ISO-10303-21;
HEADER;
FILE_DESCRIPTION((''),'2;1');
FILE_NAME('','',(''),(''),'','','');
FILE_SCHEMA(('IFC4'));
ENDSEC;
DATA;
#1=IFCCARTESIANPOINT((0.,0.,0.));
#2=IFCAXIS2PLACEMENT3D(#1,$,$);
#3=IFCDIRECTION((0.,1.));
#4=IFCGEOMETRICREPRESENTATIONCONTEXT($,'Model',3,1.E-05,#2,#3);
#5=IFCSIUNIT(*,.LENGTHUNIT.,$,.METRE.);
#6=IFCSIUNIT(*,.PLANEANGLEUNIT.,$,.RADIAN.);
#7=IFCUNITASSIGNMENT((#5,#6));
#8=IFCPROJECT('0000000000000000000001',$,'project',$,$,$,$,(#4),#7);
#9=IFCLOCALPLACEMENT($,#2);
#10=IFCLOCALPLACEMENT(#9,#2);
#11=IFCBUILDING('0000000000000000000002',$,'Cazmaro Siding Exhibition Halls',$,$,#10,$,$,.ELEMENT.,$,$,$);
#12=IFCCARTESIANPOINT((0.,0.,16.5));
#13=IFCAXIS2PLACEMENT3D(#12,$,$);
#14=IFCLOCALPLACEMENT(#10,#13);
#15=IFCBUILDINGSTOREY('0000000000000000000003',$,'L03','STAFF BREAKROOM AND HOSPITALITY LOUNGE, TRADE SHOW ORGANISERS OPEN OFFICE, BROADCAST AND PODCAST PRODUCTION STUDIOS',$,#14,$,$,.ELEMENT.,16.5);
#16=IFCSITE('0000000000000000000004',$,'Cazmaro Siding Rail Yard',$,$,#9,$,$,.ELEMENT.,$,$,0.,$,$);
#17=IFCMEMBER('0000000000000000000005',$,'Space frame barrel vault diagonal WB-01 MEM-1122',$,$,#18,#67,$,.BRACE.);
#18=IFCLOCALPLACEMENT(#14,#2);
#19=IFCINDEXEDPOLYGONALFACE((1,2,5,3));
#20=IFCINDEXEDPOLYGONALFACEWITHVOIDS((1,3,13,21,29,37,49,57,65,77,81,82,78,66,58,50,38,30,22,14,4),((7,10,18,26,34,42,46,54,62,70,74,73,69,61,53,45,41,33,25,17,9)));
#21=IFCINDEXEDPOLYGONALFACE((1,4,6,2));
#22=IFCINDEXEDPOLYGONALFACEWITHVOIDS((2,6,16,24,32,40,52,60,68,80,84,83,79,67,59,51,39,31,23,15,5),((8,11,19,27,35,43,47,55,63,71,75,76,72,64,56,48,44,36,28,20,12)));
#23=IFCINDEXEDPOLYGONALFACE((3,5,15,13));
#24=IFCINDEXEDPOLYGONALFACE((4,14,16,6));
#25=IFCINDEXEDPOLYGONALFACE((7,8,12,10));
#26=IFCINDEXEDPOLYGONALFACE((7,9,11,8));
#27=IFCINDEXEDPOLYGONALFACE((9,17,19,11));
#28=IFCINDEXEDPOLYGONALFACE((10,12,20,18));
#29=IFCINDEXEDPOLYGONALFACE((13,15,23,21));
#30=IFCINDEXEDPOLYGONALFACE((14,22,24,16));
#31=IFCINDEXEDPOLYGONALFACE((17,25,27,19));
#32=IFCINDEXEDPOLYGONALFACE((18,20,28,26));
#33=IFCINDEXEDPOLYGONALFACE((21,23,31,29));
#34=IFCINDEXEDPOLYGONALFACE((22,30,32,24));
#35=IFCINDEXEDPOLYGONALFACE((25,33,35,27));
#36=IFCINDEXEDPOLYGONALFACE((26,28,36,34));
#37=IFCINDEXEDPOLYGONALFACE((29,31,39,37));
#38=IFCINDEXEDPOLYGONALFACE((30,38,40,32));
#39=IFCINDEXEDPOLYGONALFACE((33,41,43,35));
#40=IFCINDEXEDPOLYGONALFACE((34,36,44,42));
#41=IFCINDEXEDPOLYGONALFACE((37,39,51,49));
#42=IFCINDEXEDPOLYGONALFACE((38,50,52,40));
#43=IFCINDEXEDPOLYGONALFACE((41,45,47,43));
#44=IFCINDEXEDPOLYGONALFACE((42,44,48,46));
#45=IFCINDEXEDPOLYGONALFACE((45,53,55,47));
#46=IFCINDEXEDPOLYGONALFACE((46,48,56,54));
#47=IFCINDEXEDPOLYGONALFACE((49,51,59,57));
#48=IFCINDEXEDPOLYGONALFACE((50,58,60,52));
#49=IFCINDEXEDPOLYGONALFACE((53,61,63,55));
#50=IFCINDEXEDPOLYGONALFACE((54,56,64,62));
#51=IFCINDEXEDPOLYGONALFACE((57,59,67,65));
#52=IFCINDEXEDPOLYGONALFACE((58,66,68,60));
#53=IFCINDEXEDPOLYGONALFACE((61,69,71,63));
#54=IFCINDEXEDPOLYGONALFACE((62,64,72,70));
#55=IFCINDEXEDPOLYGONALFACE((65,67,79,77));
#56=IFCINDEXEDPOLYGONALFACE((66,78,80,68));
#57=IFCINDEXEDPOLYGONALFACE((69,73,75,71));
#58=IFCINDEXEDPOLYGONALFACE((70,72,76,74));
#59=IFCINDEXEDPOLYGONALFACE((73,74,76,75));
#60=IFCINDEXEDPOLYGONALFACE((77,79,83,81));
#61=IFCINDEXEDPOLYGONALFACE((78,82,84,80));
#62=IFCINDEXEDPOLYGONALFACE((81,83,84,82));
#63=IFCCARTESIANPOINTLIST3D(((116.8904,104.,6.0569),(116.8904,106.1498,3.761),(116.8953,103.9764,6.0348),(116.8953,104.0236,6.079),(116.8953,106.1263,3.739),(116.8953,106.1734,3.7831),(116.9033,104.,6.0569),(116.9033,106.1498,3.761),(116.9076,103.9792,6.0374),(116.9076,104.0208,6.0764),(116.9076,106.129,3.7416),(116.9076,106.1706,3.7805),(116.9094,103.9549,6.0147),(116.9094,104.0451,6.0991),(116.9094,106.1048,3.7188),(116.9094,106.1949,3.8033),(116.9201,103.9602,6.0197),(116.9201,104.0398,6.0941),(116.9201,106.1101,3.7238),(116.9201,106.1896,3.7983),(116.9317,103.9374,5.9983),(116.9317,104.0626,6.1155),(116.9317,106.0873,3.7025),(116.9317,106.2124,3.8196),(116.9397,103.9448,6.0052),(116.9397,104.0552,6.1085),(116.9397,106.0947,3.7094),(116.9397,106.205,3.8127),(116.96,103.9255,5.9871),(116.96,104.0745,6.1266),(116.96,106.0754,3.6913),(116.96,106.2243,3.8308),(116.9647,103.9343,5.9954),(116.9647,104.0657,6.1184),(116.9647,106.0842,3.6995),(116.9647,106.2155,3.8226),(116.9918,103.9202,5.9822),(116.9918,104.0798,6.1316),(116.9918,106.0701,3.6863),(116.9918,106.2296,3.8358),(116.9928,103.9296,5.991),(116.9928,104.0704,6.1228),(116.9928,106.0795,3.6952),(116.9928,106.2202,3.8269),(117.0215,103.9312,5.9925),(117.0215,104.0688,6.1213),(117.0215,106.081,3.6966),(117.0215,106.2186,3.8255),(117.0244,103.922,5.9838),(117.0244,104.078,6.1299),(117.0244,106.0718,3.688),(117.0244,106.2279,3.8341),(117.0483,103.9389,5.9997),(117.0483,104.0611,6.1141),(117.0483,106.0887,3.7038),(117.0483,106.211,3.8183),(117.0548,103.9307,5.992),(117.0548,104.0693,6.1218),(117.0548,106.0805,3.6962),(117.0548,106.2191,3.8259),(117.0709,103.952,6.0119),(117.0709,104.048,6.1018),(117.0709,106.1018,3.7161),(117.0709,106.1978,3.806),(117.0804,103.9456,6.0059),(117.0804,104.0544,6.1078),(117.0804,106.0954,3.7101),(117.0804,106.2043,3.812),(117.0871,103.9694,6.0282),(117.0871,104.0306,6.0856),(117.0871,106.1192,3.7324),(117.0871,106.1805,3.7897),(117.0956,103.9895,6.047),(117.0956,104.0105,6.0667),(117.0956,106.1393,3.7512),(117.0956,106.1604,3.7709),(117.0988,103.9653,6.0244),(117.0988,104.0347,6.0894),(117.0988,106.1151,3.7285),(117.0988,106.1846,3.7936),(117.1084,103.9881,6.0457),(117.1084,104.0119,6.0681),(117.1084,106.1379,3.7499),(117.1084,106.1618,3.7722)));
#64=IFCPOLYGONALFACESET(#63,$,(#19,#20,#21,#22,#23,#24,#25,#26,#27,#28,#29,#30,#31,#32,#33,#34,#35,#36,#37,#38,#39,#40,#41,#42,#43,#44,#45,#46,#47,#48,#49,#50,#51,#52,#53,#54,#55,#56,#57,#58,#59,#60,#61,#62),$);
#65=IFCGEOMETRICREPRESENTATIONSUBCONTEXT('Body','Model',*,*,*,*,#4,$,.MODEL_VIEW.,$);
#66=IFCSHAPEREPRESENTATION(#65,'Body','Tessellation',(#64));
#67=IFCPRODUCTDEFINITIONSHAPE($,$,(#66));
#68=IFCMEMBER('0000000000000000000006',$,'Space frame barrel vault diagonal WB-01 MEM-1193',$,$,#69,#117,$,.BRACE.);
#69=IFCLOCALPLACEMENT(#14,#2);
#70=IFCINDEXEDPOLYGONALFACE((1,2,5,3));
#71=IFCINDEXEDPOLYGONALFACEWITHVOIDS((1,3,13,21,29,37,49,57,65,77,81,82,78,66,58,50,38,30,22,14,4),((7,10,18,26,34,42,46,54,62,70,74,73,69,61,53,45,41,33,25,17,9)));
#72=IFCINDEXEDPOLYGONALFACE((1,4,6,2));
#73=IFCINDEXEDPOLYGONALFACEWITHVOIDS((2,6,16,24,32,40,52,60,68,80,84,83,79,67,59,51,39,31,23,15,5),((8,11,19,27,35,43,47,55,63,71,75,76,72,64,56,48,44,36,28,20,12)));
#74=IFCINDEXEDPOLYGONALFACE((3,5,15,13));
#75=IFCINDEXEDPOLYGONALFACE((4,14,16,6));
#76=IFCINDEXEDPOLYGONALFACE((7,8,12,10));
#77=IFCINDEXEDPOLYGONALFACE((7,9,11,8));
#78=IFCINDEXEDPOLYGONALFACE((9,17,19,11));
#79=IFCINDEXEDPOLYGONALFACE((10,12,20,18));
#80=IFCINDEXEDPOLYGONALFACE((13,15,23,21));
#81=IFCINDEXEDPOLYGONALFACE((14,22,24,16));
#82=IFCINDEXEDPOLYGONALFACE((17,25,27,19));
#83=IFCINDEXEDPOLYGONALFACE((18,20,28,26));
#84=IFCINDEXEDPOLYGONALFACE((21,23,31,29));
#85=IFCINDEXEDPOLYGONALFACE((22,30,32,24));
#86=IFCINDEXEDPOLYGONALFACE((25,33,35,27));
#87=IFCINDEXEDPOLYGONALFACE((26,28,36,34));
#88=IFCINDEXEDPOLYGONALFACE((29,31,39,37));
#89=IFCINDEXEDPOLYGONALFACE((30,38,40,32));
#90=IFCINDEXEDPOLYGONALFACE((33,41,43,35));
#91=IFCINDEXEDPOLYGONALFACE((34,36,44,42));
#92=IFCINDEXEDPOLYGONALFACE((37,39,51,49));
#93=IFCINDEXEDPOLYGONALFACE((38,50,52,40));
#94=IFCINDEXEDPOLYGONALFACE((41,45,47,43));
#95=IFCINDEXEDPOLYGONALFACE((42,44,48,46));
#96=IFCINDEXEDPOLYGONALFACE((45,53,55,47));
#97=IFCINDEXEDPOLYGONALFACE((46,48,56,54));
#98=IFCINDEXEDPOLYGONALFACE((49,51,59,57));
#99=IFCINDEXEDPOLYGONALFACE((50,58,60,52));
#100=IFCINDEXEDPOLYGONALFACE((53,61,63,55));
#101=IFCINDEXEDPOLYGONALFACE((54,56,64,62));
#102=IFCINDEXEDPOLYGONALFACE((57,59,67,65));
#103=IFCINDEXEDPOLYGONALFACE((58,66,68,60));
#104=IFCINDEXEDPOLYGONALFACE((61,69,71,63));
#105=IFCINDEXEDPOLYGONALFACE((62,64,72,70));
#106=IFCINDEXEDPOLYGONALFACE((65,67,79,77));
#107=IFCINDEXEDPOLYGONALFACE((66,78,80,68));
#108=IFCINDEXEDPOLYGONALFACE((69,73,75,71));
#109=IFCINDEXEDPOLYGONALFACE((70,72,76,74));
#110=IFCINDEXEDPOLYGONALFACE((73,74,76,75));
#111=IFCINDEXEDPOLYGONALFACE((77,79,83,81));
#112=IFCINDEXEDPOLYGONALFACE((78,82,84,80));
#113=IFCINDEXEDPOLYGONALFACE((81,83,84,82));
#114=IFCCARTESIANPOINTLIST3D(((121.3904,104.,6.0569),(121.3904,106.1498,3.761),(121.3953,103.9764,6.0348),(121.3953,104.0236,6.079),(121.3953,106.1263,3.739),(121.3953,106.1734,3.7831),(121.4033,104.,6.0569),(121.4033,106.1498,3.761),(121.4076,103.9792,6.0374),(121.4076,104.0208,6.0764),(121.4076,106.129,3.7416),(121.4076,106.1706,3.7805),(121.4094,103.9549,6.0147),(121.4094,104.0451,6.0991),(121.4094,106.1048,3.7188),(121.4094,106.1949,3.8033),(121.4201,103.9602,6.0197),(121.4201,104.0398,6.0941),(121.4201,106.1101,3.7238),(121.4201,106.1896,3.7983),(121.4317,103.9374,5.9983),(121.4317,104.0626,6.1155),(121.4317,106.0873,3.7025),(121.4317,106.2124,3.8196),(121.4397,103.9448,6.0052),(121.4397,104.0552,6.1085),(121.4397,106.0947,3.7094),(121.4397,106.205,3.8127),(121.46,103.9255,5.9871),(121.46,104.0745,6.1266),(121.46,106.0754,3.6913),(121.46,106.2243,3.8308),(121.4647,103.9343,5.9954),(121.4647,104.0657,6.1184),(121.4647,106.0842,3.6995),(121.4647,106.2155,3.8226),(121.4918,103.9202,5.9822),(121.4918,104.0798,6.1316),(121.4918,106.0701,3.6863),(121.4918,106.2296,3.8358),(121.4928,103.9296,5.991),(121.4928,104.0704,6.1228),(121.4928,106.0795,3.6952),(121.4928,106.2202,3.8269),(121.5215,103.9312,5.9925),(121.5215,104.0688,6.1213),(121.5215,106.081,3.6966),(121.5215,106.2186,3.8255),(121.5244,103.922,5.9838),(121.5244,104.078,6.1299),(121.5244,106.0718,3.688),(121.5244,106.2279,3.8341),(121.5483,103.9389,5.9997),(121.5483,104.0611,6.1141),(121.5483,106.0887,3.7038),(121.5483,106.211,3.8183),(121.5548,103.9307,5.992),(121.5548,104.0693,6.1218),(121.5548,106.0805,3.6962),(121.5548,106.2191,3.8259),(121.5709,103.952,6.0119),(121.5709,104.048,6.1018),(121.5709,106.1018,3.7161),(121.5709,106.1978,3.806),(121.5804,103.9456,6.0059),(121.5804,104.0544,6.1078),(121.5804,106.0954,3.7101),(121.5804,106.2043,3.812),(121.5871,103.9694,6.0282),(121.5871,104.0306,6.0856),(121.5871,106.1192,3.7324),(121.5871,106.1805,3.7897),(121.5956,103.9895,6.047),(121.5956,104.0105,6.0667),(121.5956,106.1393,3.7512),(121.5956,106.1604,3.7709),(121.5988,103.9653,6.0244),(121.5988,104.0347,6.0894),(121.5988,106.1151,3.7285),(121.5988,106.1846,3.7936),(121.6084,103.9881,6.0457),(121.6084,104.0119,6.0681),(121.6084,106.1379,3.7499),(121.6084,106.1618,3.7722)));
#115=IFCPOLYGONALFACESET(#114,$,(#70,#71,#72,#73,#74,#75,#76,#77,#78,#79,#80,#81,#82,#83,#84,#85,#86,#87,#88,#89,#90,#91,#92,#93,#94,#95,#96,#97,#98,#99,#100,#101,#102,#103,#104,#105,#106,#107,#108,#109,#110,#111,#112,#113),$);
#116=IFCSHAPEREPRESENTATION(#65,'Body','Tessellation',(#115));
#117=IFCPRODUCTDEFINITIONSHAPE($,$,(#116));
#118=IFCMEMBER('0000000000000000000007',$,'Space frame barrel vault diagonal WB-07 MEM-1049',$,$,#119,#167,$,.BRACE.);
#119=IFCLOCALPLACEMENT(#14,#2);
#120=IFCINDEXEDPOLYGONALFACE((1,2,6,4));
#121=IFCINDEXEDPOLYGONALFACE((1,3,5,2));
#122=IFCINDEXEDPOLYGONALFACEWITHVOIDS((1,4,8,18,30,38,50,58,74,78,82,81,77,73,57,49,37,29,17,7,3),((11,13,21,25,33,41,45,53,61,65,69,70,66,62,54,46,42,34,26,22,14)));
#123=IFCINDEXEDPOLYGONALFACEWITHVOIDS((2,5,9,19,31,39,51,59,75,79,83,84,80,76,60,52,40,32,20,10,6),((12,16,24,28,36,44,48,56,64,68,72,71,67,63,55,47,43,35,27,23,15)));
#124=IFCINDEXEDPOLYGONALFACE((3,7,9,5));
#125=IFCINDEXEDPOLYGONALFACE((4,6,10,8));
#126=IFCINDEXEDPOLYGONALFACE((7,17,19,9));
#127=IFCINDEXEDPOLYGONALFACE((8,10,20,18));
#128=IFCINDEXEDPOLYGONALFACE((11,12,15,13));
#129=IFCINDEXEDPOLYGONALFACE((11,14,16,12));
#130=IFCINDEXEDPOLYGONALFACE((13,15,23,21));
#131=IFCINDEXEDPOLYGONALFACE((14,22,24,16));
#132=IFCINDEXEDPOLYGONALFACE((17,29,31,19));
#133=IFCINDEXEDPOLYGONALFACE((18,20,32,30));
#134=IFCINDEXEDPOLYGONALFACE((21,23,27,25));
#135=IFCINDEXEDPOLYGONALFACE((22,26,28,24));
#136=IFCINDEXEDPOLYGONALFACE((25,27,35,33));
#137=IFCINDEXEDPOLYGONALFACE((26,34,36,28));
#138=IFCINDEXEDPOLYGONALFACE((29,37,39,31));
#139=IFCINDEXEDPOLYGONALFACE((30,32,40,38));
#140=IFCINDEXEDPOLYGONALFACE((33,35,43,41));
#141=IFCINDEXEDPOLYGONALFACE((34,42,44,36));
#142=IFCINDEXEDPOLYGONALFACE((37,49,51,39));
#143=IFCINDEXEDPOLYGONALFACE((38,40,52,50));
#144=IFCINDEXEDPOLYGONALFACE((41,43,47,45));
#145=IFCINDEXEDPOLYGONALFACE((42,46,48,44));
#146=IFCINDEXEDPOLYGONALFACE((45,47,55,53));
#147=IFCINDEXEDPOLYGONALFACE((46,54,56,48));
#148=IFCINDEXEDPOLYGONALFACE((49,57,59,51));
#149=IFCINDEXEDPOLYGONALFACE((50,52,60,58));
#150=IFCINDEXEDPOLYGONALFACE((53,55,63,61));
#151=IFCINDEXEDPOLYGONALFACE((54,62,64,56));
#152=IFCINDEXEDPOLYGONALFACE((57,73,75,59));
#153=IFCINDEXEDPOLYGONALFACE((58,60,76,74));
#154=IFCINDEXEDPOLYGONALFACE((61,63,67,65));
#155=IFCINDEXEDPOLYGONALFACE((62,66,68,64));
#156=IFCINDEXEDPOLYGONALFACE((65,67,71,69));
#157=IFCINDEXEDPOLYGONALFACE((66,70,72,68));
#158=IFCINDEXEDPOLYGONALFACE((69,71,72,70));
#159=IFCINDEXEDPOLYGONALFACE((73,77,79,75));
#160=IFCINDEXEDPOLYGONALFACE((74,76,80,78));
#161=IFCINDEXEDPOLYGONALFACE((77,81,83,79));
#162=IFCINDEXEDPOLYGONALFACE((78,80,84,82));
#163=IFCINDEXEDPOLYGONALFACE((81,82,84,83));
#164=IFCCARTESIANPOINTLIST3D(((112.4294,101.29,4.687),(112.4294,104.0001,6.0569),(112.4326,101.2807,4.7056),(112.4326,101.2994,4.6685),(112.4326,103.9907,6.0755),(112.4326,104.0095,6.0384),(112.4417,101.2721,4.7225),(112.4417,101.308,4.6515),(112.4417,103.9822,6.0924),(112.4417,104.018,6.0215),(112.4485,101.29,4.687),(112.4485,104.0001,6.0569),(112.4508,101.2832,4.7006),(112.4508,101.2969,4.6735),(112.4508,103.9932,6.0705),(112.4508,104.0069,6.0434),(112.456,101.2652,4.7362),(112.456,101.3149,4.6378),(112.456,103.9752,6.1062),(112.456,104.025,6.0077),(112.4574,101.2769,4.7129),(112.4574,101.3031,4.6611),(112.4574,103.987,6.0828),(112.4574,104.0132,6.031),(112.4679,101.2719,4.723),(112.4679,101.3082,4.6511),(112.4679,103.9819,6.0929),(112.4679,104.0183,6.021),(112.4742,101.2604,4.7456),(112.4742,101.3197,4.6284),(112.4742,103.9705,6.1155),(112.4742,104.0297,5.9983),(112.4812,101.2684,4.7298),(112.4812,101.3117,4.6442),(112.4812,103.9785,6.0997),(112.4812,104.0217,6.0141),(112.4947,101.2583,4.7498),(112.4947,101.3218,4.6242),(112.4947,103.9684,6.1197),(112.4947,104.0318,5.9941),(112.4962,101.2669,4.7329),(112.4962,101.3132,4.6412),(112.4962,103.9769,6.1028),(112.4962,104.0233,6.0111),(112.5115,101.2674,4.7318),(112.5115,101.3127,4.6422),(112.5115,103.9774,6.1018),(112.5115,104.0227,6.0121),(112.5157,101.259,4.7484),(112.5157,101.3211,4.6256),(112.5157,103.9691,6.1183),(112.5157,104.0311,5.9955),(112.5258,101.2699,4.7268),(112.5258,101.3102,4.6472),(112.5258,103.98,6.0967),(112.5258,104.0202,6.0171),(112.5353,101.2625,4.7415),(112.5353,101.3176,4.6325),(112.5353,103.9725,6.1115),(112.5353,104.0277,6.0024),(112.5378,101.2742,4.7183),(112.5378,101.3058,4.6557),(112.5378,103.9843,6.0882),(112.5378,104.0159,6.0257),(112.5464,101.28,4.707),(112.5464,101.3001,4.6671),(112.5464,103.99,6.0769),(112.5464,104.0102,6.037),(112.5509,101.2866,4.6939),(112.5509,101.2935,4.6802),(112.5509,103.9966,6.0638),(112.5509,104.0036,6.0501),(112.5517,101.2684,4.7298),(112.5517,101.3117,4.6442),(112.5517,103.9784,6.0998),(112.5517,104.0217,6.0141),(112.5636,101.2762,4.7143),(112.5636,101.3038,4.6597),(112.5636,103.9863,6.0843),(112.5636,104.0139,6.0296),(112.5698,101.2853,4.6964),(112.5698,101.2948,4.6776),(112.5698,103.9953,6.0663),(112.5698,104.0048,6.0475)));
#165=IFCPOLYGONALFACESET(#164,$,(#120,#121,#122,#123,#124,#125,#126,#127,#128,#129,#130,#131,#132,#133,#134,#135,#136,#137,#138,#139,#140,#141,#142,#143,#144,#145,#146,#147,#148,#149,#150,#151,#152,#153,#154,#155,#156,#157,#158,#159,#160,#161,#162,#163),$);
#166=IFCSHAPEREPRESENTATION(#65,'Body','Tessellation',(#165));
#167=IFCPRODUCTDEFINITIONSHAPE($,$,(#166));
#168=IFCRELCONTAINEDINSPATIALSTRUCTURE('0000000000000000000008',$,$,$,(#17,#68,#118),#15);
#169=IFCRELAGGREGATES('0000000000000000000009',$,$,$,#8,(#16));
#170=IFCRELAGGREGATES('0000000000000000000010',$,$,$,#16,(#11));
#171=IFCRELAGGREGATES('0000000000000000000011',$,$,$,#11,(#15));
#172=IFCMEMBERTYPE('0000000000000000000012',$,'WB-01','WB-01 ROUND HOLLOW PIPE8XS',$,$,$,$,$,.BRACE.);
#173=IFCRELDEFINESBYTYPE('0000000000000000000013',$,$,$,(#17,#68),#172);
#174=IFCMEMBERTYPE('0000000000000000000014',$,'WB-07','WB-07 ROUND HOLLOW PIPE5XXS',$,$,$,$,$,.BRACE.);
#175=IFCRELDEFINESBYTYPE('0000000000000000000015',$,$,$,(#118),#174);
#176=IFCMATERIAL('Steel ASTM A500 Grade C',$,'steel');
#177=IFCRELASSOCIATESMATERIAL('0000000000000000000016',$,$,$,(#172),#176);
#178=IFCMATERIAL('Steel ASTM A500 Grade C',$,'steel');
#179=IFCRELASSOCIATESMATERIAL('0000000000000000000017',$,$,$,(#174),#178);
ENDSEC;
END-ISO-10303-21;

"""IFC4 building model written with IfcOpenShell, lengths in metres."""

from ifc_helpers import new_model, si_unit, direction, frame, origin, origin_2d, place, context, subcontext, project, spatial, hollow_circle, extrude, material, material_profile, profile_set, type_object, element, save


model = new_model("IFC4")

# Units and contexts
model_context = context("Model", 3, precision=1e-05, world=origin(), true_north=direction((0.0, 1.0)))
body_context = subcontext(model_context, "Body", "Model", "MODEL_VIEW")
ifc_project = project(units=[si_unit("LENGTHUNIT", "METRE"), si_unit("PLANEANGLEUNIT", "RADIAN")], contexts=[model_context])

# Site, building, storey
site_placement = place(None, origin())
site = spatial("IfcSite", under=ifc_project, at=site_placement, Name="Cazmaro Siding Rail Yard", CompositionType="ELEMENT", RefElevation=0.0)
building_placement = place(site_placement, origin())
building = spatial("IfcBuilding", under=site, at=building_placement, Name="Cazmaro Siding Exhibition Halls", CompositionType="ELEMENT")
storey_placement = place(building_placement, frame((0.0, 0.0, 16.5)))
storey = spatial("IfcBuildingStorey", under=building, at=storey_placement, Name="L03", Description="STAFF BREAKROOM AND HOSPITALITY LOUNGE, TRADE SHOW ORGANISERS OPEN OFFICE, BROADCAST AND PODCAST PRODUCTION STUDIOS", CompositionType="ELEMENT", Elevation=16.5)

# Members
ifc_material_1 = material(Name="Steel ASTM A500 Grade C", Category="steel")
ifc_material_profile_1 = material_profile(ifc_material_1, hollow_circle(Radius=0.1096, WallThickness=0.0129, at=origin_2d()), Name="PIPE8XS")
ifc_profile_set_1 = profile_set([ifc_material_profile_1], Name="Steel ASTM A500 Grade C")
member_type_1 = type_object("IfcMemberType", Name="WB-01", Description="WB-01 ROUND HOLLOW PIPE8XS", PredefinedType="BRACE", material=ifc_profile_set_1)
for number, where, z_axis, x_axis, name in (
    (1, (117.0, 104.0, 6.0569), (0.0, 0.683518, -0.729934), (-1.0, 0.0, 0.0), "Space frame barrel vault diagonal WB-01 MEM-1122"),
    (2, (121.5, 104.0, 6.0569), (0.0, 0.683518, -0.729934), (-1.0, 0.0, 0.0), "Space frame barrel vault diagonal WB-01 MEM-1193"),
):
    element("IfcMember", number, at=place(storey_placement, frame(where, z_axis=z_axis, x_axis=x_axis)), inside=storey, type_object=member_type_1, Name=name, PredefinedType="BRACE", context=body_context, shape_type="SweptSolid", body=[
        extrude(hollow_circle(Radius=0.1096, WallThickness=0.0129, at=origin_2d()), origin(), (0.0, 0.0, 1.0), 3.1453),
    ])
ifc_material_2 = material(Name="Steel ASTM A500 Grade C", Category="steel")
ifc_material_profile_2 = material_profile(ifc_material_2, hollow_circle(Radius=0.0706, WallThickness=0.019, at=origin_2d()), Name="PIPE5XXS")
ifc_profile_set_2 = profile_set([ifc_material_profile_2], Name="Steel ASTM A500 Grade C")
member_type_2 = type_object("IfcMemberType", Name="WB-07", Description="WB-07 ROUND HOLLOW PIPE5XXS", PredefinedType="BRACE", material=ifc_profile_set_2)
for number, where, z_axis, x_axis, name in (
    (3, (112.5, 101.29, 4.687), (0.0, 0.892457, 0.451133), (-1.0, 0.0, 0.0), "Space frame barrel vault diagonal WB-07 MEM-1049"),
):
    element("IfcMember", number, at=place(storey_placement, frame(where, z_axis=z_axis, x_axis=x_axis)), inside=storey, type_object=member_type_2, Name=name, PredefinedType="BRACE", context=body_context, shape_type="SweptSolid", body=[
        extrude(hollow_circle(Radius=0.0706, WallThickness=0.019, at=origin_2d()), origin(), (0.0, 0.0, 1.0), 3.0366),
    ])

save(model, "model.ifc")
